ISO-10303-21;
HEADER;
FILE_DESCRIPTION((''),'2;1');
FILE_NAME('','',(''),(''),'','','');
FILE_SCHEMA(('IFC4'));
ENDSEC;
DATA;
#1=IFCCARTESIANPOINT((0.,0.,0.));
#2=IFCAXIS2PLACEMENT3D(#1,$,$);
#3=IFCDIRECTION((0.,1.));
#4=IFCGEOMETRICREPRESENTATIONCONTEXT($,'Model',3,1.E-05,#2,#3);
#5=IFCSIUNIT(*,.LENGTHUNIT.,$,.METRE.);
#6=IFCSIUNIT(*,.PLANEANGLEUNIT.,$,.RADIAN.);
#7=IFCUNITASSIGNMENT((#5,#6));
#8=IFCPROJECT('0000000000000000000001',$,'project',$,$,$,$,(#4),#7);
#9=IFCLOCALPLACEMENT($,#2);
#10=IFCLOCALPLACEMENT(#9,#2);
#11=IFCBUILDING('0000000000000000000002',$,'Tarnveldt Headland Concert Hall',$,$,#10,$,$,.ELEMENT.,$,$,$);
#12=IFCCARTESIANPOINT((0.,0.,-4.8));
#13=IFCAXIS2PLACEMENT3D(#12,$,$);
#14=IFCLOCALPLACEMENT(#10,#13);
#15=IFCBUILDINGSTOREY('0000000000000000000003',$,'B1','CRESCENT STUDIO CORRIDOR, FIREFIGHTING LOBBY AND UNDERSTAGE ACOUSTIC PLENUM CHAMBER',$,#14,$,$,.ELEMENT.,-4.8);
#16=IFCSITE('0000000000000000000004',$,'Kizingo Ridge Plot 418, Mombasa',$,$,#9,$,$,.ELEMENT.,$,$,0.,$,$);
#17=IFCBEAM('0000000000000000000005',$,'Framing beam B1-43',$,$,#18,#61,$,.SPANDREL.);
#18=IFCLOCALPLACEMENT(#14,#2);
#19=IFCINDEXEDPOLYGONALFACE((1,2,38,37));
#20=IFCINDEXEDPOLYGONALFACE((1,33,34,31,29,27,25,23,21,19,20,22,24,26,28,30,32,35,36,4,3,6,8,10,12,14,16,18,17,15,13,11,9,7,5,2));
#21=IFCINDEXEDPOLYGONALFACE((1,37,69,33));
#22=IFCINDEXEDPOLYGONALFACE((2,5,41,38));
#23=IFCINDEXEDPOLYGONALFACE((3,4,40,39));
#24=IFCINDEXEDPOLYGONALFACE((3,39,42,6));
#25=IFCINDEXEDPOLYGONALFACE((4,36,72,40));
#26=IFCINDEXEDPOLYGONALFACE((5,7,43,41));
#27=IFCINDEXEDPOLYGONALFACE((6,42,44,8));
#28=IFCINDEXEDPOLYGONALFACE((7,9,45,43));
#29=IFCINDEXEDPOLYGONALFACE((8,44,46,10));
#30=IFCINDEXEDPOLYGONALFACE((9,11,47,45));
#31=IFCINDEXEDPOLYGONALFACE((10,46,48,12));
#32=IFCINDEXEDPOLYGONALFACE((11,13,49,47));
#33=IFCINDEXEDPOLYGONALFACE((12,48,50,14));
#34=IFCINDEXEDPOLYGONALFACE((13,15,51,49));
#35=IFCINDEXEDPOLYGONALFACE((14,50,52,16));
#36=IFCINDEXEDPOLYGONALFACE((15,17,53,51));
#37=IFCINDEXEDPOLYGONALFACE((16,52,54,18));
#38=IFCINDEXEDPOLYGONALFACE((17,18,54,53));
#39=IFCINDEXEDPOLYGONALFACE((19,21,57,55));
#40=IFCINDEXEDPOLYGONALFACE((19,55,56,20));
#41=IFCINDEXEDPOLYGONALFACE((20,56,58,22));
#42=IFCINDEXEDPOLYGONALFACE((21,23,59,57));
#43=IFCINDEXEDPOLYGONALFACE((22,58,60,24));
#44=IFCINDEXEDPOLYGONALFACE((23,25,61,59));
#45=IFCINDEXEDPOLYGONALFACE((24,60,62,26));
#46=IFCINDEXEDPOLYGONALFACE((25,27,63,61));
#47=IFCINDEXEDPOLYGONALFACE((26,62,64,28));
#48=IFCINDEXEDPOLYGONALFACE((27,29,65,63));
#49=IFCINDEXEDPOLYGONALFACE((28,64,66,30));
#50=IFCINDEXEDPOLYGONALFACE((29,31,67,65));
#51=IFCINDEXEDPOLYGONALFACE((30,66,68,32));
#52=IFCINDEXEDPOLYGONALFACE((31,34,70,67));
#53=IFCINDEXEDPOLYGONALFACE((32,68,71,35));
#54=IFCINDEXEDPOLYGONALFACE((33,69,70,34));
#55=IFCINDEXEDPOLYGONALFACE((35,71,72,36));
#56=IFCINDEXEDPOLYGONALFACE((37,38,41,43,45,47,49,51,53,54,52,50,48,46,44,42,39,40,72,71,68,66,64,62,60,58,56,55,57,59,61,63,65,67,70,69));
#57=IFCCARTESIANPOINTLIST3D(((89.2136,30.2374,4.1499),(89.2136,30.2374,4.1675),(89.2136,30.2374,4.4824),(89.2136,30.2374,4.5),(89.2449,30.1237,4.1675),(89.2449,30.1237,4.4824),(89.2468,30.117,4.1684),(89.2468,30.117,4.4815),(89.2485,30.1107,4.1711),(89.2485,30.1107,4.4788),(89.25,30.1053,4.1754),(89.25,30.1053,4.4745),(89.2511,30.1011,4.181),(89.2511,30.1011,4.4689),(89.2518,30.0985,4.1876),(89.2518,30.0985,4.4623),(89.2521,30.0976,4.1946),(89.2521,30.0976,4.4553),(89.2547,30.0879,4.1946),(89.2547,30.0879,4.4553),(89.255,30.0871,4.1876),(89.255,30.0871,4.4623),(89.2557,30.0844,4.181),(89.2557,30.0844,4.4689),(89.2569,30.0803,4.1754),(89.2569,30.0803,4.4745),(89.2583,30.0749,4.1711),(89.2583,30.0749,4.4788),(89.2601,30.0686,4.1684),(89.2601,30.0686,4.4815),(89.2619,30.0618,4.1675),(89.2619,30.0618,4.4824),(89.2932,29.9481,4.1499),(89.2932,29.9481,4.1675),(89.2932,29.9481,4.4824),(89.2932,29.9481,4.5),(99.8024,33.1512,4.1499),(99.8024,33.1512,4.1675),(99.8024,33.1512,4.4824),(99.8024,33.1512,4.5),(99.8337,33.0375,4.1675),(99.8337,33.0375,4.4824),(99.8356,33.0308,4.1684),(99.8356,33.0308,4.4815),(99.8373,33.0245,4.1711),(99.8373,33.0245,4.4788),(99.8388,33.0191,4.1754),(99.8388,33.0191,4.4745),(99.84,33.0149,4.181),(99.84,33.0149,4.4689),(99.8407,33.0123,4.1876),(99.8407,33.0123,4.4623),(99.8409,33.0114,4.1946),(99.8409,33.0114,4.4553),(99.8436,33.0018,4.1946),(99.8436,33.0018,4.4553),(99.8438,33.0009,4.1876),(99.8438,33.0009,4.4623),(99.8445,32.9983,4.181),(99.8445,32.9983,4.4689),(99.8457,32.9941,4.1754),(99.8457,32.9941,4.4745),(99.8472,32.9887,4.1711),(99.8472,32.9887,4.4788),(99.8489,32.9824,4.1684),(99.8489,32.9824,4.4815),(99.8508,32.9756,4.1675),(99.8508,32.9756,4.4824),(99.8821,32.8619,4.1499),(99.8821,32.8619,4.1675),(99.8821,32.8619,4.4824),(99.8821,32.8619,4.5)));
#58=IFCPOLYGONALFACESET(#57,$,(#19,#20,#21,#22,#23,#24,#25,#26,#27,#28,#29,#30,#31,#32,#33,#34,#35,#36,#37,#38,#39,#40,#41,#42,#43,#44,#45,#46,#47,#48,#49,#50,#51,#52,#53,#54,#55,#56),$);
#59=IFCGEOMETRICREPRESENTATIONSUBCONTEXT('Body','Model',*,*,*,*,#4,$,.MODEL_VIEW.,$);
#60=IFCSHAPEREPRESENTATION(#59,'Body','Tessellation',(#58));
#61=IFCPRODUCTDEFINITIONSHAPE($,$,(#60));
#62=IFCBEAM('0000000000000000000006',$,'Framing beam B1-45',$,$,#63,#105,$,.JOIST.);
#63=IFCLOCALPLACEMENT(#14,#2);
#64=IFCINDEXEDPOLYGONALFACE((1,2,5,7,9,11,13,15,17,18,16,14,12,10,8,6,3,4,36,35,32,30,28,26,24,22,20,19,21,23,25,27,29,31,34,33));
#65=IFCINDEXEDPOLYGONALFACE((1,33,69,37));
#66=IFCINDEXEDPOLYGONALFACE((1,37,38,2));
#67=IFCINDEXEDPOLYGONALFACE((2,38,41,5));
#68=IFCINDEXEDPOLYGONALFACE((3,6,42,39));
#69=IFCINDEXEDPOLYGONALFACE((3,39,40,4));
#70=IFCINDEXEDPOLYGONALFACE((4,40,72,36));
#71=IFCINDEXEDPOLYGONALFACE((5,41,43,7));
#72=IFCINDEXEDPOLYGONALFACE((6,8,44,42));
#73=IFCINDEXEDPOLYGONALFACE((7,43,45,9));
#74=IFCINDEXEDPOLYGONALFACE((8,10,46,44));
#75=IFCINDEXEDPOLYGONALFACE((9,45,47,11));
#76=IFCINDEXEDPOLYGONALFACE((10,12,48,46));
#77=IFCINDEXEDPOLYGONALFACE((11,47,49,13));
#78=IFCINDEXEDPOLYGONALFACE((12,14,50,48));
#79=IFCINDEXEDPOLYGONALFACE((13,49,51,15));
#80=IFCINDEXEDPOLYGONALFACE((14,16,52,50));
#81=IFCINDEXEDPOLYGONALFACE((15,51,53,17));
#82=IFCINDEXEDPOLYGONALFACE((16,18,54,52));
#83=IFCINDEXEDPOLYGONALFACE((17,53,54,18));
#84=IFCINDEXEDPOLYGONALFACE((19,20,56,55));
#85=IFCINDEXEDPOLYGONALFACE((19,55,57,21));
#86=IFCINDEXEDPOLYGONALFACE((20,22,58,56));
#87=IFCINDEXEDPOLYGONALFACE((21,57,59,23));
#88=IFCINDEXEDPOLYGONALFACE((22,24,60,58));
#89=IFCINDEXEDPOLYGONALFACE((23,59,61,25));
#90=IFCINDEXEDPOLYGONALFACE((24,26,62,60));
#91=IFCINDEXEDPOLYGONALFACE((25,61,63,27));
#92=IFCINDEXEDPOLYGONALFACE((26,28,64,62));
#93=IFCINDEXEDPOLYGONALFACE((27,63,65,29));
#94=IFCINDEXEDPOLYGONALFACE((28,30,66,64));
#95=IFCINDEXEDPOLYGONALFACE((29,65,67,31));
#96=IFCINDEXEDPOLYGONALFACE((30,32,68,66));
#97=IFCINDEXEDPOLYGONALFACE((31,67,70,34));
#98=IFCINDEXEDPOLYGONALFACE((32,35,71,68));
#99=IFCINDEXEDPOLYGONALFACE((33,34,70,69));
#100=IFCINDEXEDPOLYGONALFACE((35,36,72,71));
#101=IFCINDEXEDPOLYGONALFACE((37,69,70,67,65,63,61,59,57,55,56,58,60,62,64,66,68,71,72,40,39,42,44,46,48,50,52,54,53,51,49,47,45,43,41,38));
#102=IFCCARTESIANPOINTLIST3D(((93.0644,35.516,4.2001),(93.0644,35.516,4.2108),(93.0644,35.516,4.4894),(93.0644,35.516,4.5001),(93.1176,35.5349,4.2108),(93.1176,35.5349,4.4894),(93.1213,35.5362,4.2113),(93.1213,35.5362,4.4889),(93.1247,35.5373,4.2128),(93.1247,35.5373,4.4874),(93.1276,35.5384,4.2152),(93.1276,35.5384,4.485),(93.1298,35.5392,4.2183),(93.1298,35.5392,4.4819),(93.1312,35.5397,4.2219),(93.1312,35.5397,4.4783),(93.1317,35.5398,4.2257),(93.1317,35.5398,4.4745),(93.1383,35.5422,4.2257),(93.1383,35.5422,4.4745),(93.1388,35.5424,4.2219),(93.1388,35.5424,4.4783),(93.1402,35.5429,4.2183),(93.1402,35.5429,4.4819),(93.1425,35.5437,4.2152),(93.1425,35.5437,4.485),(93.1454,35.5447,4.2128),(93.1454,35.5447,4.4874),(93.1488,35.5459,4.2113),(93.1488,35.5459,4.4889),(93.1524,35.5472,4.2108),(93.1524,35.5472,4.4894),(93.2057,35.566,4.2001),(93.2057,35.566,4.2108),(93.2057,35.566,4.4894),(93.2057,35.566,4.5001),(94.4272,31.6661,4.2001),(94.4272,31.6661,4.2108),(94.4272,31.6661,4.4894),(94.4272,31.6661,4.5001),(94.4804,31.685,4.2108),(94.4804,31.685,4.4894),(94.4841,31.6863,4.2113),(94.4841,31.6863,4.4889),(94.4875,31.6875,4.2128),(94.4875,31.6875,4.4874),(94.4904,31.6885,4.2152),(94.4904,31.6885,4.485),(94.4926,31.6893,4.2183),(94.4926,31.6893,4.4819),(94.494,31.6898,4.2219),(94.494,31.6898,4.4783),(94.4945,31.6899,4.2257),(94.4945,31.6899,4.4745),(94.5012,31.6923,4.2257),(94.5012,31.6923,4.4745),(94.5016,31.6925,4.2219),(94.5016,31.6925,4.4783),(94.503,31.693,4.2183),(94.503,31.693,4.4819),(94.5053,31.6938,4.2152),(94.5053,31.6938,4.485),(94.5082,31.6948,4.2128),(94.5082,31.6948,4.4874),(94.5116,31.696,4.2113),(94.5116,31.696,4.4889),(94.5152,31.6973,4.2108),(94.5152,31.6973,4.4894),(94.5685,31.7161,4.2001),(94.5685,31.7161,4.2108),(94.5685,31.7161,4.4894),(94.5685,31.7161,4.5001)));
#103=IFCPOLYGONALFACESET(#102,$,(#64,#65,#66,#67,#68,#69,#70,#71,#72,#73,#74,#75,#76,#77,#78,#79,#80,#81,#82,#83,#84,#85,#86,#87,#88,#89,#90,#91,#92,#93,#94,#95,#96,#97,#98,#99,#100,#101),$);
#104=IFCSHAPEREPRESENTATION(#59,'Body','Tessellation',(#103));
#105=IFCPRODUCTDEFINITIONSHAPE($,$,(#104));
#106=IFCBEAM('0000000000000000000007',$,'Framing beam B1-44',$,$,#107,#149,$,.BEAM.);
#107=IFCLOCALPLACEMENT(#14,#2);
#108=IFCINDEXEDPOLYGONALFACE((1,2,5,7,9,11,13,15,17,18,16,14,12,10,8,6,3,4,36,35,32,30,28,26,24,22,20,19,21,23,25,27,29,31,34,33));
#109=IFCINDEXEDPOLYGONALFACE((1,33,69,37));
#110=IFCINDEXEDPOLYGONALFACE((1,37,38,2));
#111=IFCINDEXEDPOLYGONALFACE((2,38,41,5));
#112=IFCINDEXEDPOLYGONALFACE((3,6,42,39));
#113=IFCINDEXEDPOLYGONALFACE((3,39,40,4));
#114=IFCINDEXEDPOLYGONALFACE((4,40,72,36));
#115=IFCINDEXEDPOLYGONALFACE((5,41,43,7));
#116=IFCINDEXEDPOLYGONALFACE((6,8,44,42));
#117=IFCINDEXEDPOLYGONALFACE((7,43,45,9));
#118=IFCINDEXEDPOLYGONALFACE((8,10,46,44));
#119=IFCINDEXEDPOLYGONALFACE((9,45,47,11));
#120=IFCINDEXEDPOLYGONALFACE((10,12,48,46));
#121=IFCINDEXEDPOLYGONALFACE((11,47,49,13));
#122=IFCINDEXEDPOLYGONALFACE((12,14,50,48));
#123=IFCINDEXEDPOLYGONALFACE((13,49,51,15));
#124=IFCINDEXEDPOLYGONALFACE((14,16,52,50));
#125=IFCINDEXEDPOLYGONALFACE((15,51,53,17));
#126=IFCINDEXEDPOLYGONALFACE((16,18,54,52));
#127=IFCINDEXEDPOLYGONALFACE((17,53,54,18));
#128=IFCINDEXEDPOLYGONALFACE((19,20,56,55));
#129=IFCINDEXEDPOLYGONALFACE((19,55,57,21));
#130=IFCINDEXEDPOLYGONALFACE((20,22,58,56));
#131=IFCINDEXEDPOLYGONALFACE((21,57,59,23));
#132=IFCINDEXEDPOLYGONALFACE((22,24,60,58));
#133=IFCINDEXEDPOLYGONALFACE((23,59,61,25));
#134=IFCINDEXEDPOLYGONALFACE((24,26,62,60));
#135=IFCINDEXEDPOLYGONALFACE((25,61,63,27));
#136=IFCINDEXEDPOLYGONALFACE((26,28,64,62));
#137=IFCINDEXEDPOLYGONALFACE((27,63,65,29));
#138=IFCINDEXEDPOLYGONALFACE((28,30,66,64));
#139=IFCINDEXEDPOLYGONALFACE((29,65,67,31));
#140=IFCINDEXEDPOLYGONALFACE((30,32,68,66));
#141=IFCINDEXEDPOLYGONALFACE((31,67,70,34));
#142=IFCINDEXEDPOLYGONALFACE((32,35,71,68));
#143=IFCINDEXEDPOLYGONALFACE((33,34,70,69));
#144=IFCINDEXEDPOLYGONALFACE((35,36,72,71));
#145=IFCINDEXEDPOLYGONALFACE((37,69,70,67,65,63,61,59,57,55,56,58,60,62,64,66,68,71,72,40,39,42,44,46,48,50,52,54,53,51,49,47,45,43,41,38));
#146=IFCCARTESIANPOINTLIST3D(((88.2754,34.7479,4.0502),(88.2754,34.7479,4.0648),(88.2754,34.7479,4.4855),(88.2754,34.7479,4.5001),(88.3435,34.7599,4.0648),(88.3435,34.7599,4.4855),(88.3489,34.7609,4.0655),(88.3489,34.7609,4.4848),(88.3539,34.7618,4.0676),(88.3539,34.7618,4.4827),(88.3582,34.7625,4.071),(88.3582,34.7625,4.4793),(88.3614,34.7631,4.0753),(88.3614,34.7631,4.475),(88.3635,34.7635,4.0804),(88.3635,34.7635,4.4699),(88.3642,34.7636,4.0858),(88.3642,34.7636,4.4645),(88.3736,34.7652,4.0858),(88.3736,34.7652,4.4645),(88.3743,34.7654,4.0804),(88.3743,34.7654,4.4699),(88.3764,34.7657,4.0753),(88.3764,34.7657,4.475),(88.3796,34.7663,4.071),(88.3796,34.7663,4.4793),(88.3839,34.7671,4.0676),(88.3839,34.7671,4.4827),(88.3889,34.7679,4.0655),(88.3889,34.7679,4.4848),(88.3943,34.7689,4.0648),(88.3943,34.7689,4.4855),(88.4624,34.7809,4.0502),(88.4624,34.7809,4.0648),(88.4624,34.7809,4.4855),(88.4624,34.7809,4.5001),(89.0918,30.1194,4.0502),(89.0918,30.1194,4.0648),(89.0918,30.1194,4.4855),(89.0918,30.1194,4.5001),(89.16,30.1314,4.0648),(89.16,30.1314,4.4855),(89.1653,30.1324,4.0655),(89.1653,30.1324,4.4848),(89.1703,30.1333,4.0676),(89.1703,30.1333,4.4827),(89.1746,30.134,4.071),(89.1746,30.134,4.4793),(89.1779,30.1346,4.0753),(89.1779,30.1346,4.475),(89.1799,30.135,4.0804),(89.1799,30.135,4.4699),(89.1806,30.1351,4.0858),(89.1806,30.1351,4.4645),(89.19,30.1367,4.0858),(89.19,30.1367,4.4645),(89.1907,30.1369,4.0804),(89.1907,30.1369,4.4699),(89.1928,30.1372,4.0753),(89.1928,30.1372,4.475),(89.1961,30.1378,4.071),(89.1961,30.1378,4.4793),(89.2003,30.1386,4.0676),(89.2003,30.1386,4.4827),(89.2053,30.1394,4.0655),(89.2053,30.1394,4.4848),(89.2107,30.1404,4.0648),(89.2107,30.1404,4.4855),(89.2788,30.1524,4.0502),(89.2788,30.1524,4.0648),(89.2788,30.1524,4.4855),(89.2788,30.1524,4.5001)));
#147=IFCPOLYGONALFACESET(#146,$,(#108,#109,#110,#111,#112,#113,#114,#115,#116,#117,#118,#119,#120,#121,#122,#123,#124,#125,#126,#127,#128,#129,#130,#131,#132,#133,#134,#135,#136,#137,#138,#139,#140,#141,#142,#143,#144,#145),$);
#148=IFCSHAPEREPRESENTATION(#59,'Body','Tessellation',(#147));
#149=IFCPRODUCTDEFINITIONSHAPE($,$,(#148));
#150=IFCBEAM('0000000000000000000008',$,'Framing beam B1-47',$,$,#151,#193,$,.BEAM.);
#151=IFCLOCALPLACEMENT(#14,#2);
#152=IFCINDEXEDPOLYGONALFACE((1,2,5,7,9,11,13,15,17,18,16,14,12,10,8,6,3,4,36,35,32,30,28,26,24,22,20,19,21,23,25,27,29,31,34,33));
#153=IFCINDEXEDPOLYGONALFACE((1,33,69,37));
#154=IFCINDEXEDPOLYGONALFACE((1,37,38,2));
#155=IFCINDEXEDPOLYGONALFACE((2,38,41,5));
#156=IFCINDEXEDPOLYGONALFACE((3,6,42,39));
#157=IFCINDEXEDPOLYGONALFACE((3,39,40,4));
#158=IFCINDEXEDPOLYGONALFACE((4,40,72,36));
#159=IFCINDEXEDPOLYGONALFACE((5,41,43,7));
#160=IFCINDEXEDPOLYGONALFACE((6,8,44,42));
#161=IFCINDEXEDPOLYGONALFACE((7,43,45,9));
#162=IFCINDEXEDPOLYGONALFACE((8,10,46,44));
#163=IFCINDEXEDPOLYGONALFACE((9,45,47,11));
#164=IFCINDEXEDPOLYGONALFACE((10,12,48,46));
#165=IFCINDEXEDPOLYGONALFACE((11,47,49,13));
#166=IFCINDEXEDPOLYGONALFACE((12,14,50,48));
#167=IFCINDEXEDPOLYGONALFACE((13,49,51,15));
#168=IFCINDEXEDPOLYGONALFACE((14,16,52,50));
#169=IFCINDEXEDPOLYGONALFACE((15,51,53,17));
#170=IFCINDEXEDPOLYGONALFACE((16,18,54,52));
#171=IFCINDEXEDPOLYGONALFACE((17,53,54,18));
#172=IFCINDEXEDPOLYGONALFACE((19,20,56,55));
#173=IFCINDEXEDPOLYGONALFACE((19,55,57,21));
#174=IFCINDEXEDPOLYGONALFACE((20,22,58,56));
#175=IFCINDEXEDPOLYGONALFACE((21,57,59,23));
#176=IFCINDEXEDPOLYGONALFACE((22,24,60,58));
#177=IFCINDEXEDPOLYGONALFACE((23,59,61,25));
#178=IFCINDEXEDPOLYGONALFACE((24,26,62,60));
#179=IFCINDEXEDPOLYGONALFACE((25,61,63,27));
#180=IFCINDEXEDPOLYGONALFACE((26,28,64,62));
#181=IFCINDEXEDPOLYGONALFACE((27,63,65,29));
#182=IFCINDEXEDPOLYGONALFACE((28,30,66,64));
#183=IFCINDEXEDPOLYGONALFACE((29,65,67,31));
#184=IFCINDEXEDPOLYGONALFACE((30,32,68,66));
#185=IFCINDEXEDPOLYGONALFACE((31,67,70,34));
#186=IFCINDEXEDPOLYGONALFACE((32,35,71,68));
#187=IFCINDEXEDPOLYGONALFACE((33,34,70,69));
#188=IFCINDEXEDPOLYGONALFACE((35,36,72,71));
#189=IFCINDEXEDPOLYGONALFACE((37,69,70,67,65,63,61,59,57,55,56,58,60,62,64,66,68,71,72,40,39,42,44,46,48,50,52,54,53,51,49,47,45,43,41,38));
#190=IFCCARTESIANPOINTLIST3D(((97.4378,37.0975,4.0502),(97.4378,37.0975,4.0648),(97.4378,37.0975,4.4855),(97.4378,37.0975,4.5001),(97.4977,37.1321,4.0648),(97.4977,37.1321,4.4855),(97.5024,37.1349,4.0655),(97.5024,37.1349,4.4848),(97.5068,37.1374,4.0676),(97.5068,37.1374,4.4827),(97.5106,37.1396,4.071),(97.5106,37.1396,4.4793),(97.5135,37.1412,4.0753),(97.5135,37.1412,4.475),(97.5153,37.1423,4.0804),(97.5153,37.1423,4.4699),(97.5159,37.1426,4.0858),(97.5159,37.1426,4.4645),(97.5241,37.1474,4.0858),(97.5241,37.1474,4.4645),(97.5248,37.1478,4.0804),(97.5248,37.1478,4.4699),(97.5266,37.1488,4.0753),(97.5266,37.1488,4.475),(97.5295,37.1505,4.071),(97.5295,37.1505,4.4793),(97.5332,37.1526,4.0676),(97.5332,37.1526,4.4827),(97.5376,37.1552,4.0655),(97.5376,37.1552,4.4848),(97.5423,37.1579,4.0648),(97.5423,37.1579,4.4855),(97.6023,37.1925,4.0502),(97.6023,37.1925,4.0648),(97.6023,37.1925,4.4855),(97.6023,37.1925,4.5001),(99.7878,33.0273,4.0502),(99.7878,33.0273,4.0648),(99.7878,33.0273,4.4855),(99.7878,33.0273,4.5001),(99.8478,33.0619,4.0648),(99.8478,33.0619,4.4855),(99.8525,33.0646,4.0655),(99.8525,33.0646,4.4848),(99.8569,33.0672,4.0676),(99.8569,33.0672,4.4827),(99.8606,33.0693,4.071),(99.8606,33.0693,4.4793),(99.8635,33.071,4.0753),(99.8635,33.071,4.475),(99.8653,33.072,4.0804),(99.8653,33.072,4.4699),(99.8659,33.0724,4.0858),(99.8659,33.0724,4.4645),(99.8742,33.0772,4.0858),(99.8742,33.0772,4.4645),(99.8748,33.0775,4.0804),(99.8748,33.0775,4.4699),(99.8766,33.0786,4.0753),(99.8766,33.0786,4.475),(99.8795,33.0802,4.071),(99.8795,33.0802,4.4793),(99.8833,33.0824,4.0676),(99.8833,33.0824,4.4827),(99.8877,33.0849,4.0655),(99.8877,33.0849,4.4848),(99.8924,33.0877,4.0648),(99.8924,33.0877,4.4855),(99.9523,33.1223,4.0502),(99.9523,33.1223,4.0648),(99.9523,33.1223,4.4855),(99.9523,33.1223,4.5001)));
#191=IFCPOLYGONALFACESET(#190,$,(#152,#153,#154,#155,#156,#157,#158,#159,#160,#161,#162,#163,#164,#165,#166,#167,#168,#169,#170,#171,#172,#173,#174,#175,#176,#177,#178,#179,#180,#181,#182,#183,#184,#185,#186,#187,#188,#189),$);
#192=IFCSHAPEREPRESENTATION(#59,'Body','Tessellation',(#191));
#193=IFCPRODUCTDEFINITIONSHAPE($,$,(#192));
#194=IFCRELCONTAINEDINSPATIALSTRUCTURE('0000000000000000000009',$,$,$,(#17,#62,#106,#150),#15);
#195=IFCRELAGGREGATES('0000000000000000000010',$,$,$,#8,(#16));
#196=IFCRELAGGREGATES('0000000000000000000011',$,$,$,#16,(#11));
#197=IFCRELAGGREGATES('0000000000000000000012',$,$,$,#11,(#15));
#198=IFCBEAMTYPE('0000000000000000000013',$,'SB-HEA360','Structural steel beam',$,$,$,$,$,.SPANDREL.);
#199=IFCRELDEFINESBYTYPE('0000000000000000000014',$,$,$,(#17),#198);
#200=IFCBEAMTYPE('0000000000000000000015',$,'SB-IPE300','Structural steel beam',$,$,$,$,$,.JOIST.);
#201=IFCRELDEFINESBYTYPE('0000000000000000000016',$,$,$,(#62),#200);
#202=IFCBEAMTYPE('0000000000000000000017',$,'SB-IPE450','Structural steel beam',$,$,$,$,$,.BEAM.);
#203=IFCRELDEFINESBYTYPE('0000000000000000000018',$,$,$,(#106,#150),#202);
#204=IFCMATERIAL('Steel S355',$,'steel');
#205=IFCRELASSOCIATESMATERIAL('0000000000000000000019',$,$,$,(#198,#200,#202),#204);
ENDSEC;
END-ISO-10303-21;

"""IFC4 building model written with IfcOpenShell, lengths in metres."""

from ifc_helpers import new_model, si_unit, direction, frame, origin, origin_2d, place, context, subcontext, project, spatial, i_section, extrude, material, material_profile, profile_set, type_object, element, save


model = new_model("IFC4")

# Units and contexts
model_context = context("Model", 3, precision=1e-05, world=origin(), true_north=direction((0.0, 1.0)))
body_context = subcontext(model_context, "Body", "Model", "MODEL_VIEW")
ifc_project = project(units=[si_unit("LENGTHUNIT", "METRE"), si_unit("PLANEANGLEUNIT", "RADIAN")], contexts=[model_context])

# Site, building, storey
site_placement = place(None, origin())
site = spatial("IfcSite", under=ifc_project, at=site_placement, Name="Kizingo Ridge Plot 418, Mombasa", CompositionType="ELEMENT", RefElevation=0.0)
building_placement = place(site_placement, origin())
building = spatial("IfcBuilding", under=site, at=building_placement, Name="Tarnveldt Headland Concert Hall", CompositionType="ELEMENT")
storey_placement = place(building_placement, frame((0.0, 0.0, -4.8)))
storey = spatial("IfcBuildingStorey", under=building, at=storey_placement, Name="B1", Description="CRESCENT STUDIO CORRIDOR, FIREFIGHTING LOBBY AND UNDERSTAGE ACOUSTIC PLENUM CHAMBER", CompositionType="ELEMENT", Elevation=-4.8)

# Beams
ifc_material_1 = material(Name="Steel S355", Category="steel")
ifc_material_profile_1 = material_profile(ifc_material_1, i_section(OverallWidth=0.3, OverallDepth=0.3501, WebThickness=0.01, FlangeThickness=0.0176, FilletRadius=0.0271, at=origin_2d()), Name="HEA360", Category="steel")
ifc_profile_set_1 = profile_set([ifc_material_profile_1], Name="Steel S355")
beam_type_1 = type_object("IfcBeamType", Name="SB-HEA360", Description="Structural steel beam", PredefinedType="SPANDREL", material=ifc_profile_set_1)
beam_1_placement = place(storey_placement, frame((89.2534, 30.0928, 4.325), z_axis=(0.964162, 0.265316, 0.0), x_axis=(-0.265316, 0.964162, 0.0)))
element("IfcBeam", 1, at=beam_1_placement, inside=storey, type_object=beam_type_1, Name="Framing beam B1-43", PredefinedType="SPANDREL", context=body_context, shape_type="SweptSolid", body=[
    extrude(i_section(OverallWidth=0.3, OverallDepth=0.3501, WebThickness=0.01, FlangeThickness=0.0176, FilletRadius=0.0271, at=origin_2d()), origin(), (0.0, 0.0, 1.0), 10.9824),
])
ifc_material_profile_2 = material_profile(ifc_material_1, i_section(OverallWidth=0.1499, OverallDepth=0.3, WebThickness=0.0071, FlangeThickness=0.0107, FilletRadius=0.0149, at=origin_2d()), Name="IPE300", Category="steel")
ifc_profile_set_2 = profile_set([ifc_material_profile_2], Name="Steel S355")
beam_type_2 = type_object("IfcBeamType", Name="SB-IPE300", Description="Structural steel beam", PredefinedType="JOIST", material=ifc_profile_set_2)
beam_2_placement = place(storey_placement, frame((93.135, 35.541, 4.3501), z_axis=(0.333696, -0.942681, 0.0), x_axis=(0.942681, 0.333696, 0.0)))
element("IfcBeam", 2, at=beam_2_placement, inside=storey, type_object=beam_type_2, Name="Framing beam B1-45", PredefinedType="JOIST", context=body_context, shape_type="SweptSolid", body=[
    extrude(i_section(OverallWidth=0.1499, OverallDepth=0.3, WebThickness=0.0071, FlangeThickness=0.0107, FilletRadius=0.0149, at=origin_2d()), origin(), (0.0, 0.0, 1.0), 4.084),
])
ifc_material_profile_3 = material_profile(ifc_material_1, i_section(OverallWidth=0.1899, OverallDepth=0.45, WebThickness=0.0095, FlangeThickness=0.0146, FilletRadius=0.021, at=origin_2d()), Name="IPE450", Category="steel")
ifc_profile_set_3 = profile_set([ifc_material_profile_3], Name="Steel S355")
beam_type_3 = type_object("IfcBeamType", Name="SB-IPE450", Description="Structural steel beam", PredefinedType="BEAM", material=ifc_profile_set_3)
for number, where, z_axis, x_axis, name in (
    (3, (88.3689, 34.7644, 4.2751), (0.173708, -0.984797, 0.0), (0.984797, 0.173708, 0.0), "Framing beam B1-44"),
    (4, (97.52, 37.145, 4.2751), (0.500016, -0.866016, 0.0), (0.866016, 0.500016, 0.0), "Framing beam B1-47"),
):
    element("IfcBeam", number, at=place(storey_placement, frame(where, z_axis=z_axis, x_axis=x_axis)), inside=storey, type_object=beam_type_3, Name=name, PredefinedType="BEAM", context=body_context, shape_type="SweptSolid", body=[
        extrude(i_section(OverallWidth=0.1899, OverallDepth=0.45, WebThickness=0.0095, FlangeThickness=0.0146, FilletRadius=0.021, at=origin_2d()), origin(), (0.0, 0.0, 1.0), 4.7),
    ])

save(model, "model.ifc")
